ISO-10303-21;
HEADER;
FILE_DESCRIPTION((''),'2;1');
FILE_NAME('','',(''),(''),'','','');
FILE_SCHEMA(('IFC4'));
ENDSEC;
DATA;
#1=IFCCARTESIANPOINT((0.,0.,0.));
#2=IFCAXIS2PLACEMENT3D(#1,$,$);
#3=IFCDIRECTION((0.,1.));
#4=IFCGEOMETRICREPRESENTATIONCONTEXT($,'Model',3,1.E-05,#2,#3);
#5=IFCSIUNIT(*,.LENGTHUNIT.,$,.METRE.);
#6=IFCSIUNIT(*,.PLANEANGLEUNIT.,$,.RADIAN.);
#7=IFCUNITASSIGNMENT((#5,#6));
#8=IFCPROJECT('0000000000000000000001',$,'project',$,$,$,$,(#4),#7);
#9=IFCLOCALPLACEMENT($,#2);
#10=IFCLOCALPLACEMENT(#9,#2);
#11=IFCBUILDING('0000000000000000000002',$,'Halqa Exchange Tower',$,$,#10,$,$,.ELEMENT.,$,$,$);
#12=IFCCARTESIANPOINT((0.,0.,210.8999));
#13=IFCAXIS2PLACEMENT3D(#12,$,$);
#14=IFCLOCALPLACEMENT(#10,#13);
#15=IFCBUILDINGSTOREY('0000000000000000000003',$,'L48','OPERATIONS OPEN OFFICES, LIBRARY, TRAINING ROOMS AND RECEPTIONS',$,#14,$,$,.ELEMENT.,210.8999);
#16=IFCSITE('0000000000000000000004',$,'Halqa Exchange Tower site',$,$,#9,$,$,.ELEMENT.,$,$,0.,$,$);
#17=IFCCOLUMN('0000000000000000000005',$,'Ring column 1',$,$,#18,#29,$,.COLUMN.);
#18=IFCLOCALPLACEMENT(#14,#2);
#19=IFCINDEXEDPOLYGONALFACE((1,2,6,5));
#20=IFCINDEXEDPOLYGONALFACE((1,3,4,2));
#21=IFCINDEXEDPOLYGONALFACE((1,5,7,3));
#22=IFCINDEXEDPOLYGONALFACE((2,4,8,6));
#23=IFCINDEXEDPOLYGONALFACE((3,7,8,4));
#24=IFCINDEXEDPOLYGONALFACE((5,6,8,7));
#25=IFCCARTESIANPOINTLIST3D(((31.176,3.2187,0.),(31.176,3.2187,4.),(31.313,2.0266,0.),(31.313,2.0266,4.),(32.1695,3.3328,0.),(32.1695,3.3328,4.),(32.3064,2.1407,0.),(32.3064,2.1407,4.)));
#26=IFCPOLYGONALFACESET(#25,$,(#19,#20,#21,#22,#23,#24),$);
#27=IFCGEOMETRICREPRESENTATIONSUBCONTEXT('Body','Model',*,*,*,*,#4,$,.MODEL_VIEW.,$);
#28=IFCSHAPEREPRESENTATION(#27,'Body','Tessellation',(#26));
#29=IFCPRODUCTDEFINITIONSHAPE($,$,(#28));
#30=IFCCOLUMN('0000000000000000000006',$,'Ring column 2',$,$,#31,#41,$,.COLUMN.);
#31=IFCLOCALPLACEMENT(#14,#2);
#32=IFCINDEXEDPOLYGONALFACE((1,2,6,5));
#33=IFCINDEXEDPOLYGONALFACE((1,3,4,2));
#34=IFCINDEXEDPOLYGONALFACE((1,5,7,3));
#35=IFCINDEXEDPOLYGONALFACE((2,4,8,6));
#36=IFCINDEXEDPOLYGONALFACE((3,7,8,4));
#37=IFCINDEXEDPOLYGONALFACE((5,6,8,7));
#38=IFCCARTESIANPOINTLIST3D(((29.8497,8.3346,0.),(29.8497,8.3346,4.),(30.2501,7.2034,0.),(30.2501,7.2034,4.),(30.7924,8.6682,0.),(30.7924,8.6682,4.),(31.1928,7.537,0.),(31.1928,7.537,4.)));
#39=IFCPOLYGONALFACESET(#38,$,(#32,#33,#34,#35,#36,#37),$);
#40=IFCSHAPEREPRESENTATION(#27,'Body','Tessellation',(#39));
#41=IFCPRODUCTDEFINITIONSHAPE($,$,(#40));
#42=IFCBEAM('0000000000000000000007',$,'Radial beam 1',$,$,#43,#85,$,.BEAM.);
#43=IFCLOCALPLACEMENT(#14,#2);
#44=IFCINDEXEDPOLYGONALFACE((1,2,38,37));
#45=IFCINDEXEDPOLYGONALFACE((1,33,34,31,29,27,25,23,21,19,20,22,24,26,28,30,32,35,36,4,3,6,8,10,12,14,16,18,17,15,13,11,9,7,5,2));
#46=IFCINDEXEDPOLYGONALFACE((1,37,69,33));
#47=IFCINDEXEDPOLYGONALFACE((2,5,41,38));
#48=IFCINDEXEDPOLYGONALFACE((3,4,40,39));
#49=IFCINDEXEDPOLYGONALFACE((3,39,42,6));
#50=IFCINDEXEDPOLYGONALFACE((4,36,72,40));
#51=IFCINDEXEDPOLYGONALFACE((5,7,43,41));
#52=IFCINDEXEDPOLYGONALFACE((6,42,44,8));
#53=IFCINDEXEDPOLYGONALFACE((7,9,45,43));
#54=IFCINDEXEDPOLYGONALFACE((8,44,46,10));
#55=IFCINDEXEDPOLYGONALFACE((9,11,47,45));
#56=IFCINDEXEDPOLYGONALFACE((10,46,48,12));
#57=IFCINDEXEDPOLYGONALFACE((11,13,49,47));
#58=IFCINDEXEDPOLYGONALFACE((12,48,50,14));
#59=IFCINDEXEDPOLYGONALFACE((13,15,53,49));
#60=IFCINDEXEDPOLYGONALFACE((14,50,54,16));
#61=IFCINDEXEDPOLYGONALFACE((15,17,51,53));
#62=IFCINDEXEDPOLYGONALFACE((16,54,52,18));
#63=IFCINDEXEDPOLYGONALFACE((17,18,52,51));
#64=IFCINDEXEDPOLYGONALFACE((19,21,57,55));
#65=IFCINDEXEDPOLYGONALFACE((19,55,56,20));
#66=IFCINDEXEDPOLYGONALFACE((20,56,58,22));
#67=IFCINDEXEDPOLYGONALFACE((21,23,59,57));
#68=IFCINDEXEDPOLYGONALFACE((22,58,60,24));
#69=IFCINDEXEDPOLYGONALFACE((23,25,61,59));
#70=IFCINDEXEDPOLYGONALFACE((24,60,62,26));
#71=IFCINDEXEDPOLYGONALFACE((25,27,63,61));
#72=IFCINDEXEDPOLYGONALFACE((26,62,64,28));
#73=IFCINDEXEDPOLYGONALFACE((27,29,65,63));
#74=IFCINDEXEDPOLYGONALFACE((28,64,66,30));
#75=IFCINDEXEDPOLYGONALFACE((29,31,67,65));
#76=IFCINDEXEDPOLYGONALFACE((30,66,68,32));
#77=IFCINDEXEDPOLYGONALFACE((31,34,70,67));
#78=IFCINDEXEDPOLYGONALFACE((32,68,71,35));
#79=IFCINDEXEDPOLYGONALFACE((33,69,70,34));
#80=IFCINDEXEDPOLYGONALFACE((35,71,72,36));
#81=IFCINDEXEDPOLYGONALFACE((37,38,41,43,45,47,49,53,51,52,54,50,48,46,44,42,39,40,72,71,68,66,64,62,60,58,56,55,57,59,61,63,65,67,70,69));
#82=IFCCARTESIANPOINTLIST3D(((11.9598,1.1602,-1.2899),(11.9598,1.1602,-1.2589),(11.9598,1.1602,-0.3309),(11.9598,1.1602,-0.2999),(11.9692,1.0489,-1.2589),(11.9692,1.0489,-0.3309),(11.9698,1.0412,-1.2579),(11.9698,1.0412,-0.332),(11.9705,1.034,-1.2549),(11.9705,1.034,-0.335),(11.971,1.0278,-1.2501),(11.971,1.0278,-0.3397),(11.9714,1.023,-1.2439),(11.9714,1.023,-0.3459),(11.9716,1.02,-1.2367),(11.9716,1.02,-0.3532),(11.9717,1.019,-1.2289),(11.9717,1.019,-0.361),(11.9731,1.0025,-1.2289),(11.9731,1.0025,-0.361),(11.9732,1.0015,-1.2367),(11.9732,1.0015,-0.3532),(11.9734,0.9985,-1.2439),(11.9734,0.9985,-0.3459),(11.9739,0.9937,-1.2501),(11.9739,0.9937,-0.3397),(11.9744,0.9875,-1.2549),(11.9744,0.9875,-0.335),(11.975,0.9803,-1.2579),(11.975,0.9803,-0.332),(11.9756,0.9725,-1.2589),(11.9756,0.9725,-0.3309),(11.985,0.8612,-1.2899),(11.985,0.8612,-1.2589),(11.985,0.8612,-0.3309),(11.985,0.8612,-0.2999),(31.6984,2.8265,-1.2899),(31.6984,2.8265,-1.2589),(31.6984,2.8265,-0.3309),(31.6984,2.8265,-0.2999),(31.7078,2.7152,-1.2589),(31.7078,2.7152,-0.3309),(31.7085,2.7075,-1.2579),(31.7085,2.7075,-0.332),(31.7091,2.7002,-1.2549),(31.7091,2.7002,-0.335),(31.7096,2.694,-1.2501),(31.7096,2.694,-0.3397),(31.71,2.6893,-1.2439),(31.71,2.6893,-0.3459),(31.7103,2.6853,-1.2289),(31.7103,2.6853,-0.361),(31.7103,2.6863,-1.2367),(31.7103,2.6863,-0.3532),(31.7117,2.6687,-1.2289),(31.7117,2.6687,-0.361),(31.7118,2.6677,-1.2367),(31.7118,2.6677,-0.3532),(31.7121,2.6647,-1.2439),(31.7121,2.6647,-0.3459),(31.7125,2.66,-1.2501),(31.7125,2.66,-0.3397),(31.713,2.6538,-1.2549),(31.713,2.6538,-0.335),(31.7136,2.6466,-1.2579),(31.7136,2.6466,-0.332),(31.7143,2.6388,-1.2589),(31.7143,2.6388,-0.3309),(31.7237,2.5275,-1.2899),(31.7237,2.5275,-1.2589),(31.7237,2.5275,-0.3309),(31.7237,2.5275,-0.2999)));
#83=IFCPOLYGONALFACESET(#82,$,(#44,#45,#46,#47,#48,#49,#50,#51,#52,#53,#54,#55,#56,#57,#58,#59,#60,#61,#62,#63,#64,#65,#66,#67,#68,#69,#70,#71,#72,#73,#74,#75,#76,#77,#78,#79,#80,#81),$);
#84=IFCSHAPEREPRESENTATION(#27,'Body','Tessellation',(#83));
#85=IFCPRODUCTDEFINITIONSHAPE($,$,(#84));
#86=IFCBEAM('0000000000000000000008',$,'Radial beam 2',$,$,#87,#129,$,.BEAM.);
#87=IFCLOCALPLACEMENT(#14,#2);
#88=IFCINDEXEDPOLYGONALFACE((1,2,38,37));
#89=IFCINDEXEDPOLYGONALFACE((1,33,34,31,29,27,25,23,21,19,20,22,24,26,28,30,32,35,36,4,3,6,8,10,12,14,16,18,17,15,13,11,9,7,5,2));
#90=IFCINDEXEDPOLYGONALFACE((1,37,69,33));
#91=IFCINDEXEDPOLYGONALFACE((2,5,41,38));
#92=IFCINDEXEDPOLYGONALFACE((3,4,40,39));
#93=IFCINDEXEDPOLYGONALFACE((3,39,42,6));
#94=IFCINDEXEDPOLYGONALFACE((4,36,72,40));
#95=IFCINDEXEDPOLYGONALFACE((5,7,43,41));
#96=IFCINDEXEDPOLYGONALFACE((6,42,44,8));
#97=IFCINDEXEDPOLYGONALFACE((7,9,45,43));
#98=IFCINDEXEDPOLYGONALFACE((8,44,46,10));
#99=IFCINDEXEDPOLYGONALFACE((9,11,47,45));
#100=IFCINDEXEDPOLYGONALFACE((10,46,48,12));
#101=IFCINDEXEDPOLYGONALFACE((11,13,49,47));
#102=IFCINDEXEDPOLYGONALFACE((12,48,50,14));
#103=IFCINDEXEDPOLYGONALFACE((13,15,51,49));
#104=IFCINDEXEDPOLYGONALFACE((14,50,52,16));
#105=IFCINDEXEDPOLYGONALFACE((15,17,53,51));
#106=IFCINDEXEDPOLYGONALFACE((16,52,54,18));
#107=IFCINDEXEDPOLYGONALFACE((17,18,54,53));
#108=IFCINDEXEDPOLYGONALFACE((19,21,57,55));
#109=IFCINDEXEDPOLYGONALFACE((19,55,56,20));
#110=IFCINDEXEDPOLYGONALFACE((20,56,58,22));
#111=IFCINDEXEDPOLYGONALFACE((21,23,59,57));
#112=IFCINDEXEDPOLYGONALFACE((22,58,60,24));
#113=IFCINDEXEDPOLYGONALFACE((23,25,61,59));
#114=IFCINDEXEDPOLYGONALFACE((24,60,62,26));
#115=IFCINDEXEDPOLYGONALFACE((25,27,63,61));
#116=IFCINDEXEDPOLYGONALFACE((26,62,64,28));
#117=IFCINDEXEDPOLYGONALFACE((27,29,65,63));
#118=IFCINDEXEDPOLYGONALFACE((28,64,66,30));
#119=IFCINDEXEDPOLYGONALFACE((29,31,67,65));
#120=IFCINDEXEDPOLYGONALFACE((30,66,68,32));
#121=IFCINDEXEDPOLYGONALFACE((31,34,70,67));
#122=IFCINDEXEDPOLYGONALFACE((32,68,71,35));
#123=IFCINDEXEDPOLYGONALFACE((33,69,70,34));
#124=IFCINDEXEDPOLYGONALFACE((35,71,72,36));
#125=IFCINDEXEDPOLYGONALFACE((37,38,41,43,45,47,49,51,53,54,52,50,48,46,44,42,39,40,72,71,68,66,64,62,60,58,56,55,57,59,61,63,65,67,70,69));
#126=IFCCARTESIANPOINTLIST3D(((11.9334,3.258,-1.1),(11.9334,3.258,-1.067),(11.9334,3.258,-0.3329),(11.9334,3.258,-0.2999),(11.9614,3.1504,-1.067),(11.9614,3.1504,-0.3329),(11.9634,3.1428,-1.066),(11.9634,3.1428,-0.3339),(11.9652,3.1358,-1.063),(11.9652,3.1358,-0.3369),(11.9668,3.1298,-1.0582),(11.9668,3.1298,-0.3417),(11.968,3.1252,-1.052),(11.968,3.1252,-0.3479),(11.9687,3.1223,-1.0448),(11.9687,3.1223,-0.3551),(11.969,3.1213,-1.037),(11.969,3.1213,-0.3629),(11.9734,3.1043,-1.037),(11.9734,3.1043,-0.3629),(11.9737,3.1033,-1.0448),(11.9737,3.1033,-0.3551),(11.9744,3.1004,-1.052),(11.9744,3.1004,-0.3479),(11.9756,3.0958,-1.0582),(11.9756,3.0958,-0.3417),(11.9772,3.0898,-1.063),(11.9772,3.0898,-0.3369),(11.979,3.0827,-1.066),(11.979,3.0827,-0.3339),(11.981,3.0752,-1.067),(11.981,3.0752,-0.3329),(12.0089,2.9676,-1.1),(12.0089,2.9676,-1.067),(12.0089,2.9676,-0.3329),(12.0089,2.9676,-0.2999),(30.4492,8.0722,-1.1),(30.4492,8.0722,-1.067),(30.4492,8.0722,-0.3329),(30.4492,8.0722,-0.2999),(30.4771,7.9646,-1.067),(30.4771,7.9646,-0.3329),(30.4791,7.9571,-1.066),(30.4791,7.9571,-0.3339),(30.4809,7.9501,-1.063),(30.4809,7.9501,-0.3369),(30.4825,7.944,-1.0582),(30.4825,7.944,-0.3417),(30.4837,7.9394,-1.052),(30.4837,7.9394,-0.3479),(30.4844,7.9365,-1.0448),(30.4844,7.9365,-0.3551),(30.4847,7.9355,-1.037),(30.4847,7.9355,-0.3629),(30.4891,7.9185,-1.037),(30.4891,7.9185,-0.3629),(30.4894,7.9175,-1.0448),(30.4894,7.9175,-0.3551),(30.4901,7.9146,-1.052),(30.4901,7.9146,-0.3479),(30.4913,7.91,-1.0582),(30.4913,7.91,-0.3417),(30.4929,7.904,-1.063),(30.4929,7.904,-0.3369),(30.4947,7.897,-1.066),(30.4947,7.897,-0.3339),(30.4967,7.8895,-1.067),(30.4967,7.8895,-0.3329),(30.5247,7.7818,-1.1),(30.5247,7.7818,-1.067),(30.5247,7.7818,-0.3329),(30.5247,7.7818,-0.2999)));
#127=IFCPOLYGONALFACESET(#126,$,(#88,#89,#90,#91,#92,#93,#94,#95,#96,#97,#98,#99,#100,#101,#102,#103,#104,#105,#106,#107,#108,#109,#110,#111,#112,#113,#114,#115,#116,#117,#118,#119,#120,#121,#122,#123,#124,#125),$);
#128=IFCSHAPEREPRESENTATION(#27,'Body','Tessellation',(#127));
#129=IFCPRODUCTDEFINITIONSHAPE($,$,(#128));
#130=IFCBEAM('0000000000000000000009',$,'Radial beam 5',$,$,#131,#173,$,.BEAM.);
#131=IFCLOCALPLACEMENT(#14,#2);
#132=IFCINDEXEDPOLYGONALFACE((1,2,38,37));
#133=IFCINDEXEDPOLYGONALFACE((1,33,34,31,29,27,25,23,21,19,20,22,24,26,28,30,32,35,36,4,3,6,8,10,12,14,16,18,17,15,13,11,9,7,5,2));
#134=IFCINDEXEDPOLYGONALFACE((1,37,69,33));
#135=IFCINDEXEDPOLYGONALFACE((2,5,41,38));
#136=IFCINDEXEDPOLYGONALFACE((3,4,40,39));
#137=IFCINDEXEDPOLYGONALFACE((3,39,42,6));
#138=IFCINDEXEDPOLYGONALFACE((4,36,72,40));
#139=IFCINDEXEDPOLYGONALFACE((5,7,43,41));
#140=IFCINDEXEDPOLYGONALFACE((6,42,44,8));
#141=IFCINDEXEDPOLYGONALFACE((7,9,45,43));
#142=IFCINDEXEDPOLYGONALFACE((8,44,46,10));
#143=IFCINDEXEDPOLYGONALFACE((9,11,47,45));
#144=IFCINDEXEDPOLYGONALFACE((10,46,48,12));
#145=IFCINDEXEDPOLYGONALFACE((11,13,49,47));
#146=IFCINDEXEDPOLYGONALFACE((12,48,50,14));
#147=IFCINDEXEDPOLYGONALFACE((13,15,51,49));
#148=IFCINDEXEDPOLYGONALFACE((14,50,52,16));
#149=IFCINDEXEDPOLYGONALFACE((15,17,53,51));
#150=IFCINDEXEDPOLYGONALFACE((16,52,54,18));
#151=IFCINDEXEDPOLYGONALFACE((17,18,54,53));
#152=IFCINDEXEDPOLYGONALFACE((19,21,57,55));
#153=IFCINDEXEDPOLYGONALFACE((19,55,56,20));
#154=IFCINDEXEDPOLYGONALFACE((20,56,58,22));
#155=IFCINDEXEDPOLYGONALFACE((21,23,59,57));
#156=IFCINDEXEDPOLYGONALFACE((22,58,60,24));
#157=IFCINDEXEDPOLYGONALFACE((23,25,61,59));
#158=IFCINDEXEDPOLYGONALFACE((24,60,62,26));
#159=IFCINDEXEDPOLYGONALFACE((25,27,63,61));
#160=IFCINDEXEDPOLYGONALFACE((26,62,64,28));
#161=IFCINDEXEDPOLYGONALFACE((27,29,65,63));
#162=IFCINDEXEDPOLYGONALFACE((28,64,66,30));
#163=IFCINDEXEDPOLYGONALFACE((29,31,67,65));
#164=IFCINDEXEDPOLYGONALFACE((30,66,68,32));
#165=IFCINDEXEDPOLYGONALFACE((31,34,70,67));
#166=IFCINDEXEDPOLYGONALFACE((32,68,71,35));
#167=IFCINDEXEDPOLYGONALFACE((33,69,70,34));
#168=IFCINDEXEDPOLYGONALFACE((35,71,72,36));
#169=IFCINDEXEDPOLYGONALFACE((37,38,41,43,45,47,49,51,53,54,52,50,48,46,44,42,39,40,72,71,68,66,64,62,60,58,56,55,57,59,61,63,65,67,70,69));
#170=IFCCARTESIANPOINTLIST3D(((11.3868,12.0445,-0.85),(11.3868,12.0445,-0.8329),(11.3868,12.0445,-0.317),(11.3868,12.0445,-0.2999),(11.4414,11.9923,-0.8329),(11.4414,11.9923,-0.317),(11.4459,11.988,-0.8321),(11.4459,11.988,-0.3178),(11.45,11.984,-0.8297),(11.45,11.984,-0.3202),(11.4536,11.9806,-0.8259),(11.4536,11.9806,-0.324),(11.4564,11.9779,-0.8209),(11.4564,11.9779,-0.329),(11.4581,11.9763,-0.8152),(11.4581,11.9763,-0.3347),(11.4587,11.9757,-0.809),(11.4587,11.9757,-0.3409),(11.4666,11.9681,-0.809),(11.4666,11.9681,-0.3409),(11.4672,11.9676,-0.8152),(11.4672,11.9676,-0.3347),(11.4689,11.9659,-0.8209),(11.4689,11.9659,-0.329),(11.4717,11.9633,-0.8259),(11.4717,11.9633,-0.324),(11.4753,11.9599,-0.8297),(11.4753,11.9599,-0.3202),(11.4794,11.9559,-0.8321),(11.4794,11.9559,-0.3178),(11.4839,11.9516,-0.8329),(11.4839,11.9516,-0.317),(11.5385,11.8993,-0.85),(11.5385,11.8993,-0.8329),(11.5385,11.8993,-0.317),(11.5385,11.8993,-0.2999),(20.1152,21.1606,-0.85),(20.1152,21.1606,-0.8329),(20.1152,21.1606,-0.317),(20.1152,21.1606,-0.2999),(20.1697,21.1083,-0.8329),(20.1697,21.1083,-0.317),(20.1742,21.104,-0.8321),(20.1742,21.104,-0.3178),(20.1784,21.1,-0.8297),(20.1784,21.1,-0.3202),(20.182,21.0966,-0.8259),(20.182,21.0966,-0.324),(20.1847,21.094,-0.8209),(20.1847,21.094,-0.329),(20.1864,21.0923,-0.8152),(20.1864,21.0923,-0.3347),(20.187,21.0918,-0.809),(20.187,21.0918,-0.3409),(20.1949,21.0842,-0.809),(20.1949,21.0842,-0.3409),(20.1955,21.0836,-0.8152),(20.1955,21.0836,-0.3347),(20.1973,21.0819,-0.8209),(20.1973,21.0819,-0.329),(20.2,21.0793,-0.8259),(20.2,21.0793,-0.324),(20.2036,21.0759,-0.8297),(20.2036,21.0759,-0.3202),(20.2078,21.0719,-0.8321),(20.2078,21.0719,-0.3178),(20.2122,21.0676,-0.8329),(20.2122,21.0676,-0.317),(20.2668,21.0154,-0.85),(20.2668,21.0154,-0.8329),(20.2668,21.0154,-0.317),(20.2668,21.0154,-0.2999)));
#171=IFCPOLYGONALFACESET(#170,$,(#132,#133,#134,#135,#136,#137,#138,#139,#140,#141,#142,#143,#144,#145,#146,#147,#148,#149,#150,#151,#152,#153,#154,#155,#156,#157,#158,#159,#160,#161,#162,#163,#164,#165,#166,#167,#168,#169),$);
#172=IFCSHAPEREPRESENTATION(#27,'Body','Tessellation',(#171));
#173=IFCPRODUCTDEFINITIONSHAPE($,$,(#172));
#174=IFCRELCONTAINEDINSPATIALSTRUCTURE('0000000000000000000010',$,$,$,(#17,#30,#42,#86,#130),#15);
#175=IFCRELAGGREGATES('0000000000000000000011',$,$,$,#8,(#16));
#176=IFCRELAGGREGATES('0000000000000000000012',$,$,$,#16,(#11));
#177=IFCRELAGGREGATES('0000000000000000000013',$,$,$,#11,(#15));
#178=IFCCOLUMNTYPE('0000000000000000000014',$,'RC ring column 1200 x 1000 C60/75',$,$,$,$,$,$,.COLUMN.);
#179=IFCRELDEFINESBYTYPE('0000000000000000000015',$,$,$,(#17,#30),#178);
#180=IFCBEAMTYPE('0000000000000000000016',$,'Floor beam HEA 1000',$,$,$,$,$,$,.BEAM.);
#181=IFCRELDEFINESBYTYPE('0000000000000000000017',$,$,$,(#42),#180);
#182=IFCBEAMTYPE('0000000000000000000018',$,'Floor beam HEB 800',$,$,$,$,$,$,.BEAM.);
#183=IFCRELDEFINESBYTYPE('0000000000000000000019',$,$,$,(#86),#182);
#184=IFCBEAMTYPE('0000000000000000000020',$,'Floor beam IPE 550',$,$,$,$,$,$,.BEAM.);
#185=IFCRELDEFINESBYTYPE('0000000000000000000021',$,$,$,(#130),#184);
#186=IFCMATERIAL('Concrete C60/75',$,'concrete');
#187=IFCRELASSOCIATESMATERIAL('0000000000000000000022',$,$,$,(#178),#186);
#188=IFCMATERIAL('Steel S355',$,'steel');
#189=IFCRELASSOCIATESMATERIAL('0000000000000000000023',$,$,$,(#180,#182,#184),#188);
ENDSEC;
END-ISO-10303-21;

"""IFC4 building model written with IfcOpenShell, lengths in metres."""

from ifc_helpers import new_model, si_unit, direction, frame, origin, origin_2d, place, context, subcontext, project, spatial, rectangle, i_section, extrude, material, material_profile, profile_set, type_object, element, save


model = new_model("IFC4")

# Units and contexts
model_context = context("Model", 3, precision=1e-05, world=origin(), true_north=direction((0.0, 1.0)))
body_context = subcontext(model_context, "Body", "Model", "MODEL_VIEW")
ifc_project = project(units=[si_unit("LENGTHUNIT", "METRE"), si_unit("PLANEANGLEUNIT", "RADIAN")], contexts=[model_context])

# Site, building, storey
site_placement = place(None, origin())
site = spatial("IfcSite", under=ifc_project, at=site_placement, Name="Halqa Exchange Tower site", CompositionType="ELEMENT", RefElevation=0.0)
building_placement = place(site_placement, origin())
building = spatial("IfcBuilding", under=site, at=building_placement, Name="Halqa Exchange Tower", CompositionType="ELEMENT")
storey_placement = place(building_placement, frame((0.0, 0.0, 210.8999)))
storey = spatial("IfcBuildingStorey", under=building, at=storey_placement, Name="L48", Description="OPERATIONS OPEN OFFICES, LIBRARY, TRAINING ROOMS AND RECEPTIONS", CompositionType="ELEMENT", Elevation=210.8999)

# Columns
ifc_material_1 = material(Name="Concrete C60/75", Category="concrete")
ifc_material_profile_1 = material_profile(ifc_material_1, rectangle(XDim=1.2, YDim=1.0, at=origin_2d()), Name="1200 x 1000")
ifc_profile_set_1 = profile_set([ifc_material_profile_1], Name="Concrete C60/75")
column_type = type_object("IfcColumnType", Name="RC ring column 1200 x 1000 C60/75", PredefinedType="COLUMN", material=ifc_profile_set_1)
for number, where, z_axis, x_axis, name in (
    (1, (31.7412, 2.6797, 0.0), (0.0, 0.0, 1.0), (-0.114157, 0.993463, 0.0), "Ring column 1"),
    (2, (30.5212, 7.9358, 0.0), (0.0, 0.0, 1.0), (-0.333626, 0.942706, 0.0), "Ring column 2"),
):
    element("IfcColumn", number, at=place(storey_placement, frame(where, z_axis=z_axis, x_axis=x_axis)), inside=storey, type_object=column_type, Name=name, PredefinedType="COLUMN", context=body_context, shape_type="SweptSolid", body=[
        extrude(rectangle(XDim=1.2, YDim=1.0, at=origin_2d()), origin(), (0.0, 0.0, 1.0), 4.0),
    ])

# Beams
ifc_material_2 = material(Name="Steel S355", Category="steel")
ifc_material_profile_2 = material_profile(ifc_material_2, i_section(OverallWidth=0.3, OverallDepth=0.99, WebThickness=0.0166, FlangeThickness=0.031, FilletRadius=0.03, at=origin_2d()), Name="HEA 1000")
ifc_profile_set_2 = profile_set([ifc_material_profile_2], Name="Steel S355")
beam_type_1 = type_object("IfcBeamType", Name="Floor beam HEA 1000", PredefinedType="BEAM", material=ifc_profile_set_2)
beam_1_placement = place(storey_placement, frame((11.9724, 1.0107, -0.7949), z_axis=(0.996456, 0.084117, 0.0), x_axis=(-0.084117, 0.996456, 0.0)))
element("IfcBeam", 3, at=beam_1_placement, inside=storey, type_object=beam_type_1, Name="Radial beam 1", PredefinedType="BEAM", context=body_context, shape_type="SweptSolid", body=[
    extrude(i_section(OverallWidth=0.3, OverallDepth=0.99, WebThickness=0.0166, FlangeThickness=0.031, FilletRadius=0.03, at=origin_2d()), origin(), (0.0, 0.0, 1.0), 19.8088),
])
ifc_material_profile_3 = material_profile(ifc_material_2, i_section(OverallWidth=0.3, OverallDepth=0.8, WebThickness=0.0176, FlangeThickness=0.033, FilletRadius=0.03, at=origin_2d()), Name="HEB 800")
ifc_profile_set_3 = profile_set([ifc_material_profile_3], Name="Steel S355")
beam_type_2 = type_object("IfcBeamType", Name="Floor beam HEB 800", PredefinedType="BEAM", material=ifc_profile_set_3)
beam_2_placement = place(storey_placement, frame((11.9712, 3.1128, -0.7), z_axis=(0.967821, 0.251641, 0.0), x_axis=(-0.251641, 0.967821, 0.0)))
element("IfcBeam", 4, at=beam_2_placement, inside=storey, type_object=beam_type_2, Name="Radial beam 2", PredefinedType="BEAM", context=body_context, shape_type="SweptSolid", body=[
    extrude(i_section(OverallWidth=0.3, OverallDepth=0.8, WebThickness=0.0176, FlangeThickness=0.033, FilletRadius=0.03, at=origin_2d()), origin(), (0.0, 0.0, 1.0), 19.1313),
])
ifc_material_profile_4 = material_profile(ifc_material_2, i_section(OverallWidth=0.21, OverallDepth=0.55, WebThickness=0.011, FlangeThickness=0.0171, FilletRadius=0.0239, at=origin_2d()), Name="IPE 550")
ifc_profile_set_4 = profile_set([ifc_material_profile_4], Name="Steel S355")
beam_type_3 = type_object("IfcBeamType", Name="Floor beam IPE 550", PredefinedType="BEAM", material=ifc_profile_set_4)
beam_3_placement = place(storey_placement, frame((11.4626, 11.9719, -0.575), z_axis=(0.691581, 0.722299, 0.0), x_axis=(-0.722299, 0.691581, 0.0)))
element("IfcBeam", 5, at=beam_3_placement, inside=storey, type_object=beam_type_3, Name="Radial beam 5", PredefinedType="BEAM", context=body_context, shape_type="SweptSolid", body=[
    extrude(i_section(OverallWidth=0.21, OverallDepth=0.55, WebThickness=0.011, FlangeThickness=0.0171, FilletRadius=0.0239, at=origin_2d()), origin(), (0.0, 0.0, 1.0), 12.6208),
])

save(model, "model.ifc")
